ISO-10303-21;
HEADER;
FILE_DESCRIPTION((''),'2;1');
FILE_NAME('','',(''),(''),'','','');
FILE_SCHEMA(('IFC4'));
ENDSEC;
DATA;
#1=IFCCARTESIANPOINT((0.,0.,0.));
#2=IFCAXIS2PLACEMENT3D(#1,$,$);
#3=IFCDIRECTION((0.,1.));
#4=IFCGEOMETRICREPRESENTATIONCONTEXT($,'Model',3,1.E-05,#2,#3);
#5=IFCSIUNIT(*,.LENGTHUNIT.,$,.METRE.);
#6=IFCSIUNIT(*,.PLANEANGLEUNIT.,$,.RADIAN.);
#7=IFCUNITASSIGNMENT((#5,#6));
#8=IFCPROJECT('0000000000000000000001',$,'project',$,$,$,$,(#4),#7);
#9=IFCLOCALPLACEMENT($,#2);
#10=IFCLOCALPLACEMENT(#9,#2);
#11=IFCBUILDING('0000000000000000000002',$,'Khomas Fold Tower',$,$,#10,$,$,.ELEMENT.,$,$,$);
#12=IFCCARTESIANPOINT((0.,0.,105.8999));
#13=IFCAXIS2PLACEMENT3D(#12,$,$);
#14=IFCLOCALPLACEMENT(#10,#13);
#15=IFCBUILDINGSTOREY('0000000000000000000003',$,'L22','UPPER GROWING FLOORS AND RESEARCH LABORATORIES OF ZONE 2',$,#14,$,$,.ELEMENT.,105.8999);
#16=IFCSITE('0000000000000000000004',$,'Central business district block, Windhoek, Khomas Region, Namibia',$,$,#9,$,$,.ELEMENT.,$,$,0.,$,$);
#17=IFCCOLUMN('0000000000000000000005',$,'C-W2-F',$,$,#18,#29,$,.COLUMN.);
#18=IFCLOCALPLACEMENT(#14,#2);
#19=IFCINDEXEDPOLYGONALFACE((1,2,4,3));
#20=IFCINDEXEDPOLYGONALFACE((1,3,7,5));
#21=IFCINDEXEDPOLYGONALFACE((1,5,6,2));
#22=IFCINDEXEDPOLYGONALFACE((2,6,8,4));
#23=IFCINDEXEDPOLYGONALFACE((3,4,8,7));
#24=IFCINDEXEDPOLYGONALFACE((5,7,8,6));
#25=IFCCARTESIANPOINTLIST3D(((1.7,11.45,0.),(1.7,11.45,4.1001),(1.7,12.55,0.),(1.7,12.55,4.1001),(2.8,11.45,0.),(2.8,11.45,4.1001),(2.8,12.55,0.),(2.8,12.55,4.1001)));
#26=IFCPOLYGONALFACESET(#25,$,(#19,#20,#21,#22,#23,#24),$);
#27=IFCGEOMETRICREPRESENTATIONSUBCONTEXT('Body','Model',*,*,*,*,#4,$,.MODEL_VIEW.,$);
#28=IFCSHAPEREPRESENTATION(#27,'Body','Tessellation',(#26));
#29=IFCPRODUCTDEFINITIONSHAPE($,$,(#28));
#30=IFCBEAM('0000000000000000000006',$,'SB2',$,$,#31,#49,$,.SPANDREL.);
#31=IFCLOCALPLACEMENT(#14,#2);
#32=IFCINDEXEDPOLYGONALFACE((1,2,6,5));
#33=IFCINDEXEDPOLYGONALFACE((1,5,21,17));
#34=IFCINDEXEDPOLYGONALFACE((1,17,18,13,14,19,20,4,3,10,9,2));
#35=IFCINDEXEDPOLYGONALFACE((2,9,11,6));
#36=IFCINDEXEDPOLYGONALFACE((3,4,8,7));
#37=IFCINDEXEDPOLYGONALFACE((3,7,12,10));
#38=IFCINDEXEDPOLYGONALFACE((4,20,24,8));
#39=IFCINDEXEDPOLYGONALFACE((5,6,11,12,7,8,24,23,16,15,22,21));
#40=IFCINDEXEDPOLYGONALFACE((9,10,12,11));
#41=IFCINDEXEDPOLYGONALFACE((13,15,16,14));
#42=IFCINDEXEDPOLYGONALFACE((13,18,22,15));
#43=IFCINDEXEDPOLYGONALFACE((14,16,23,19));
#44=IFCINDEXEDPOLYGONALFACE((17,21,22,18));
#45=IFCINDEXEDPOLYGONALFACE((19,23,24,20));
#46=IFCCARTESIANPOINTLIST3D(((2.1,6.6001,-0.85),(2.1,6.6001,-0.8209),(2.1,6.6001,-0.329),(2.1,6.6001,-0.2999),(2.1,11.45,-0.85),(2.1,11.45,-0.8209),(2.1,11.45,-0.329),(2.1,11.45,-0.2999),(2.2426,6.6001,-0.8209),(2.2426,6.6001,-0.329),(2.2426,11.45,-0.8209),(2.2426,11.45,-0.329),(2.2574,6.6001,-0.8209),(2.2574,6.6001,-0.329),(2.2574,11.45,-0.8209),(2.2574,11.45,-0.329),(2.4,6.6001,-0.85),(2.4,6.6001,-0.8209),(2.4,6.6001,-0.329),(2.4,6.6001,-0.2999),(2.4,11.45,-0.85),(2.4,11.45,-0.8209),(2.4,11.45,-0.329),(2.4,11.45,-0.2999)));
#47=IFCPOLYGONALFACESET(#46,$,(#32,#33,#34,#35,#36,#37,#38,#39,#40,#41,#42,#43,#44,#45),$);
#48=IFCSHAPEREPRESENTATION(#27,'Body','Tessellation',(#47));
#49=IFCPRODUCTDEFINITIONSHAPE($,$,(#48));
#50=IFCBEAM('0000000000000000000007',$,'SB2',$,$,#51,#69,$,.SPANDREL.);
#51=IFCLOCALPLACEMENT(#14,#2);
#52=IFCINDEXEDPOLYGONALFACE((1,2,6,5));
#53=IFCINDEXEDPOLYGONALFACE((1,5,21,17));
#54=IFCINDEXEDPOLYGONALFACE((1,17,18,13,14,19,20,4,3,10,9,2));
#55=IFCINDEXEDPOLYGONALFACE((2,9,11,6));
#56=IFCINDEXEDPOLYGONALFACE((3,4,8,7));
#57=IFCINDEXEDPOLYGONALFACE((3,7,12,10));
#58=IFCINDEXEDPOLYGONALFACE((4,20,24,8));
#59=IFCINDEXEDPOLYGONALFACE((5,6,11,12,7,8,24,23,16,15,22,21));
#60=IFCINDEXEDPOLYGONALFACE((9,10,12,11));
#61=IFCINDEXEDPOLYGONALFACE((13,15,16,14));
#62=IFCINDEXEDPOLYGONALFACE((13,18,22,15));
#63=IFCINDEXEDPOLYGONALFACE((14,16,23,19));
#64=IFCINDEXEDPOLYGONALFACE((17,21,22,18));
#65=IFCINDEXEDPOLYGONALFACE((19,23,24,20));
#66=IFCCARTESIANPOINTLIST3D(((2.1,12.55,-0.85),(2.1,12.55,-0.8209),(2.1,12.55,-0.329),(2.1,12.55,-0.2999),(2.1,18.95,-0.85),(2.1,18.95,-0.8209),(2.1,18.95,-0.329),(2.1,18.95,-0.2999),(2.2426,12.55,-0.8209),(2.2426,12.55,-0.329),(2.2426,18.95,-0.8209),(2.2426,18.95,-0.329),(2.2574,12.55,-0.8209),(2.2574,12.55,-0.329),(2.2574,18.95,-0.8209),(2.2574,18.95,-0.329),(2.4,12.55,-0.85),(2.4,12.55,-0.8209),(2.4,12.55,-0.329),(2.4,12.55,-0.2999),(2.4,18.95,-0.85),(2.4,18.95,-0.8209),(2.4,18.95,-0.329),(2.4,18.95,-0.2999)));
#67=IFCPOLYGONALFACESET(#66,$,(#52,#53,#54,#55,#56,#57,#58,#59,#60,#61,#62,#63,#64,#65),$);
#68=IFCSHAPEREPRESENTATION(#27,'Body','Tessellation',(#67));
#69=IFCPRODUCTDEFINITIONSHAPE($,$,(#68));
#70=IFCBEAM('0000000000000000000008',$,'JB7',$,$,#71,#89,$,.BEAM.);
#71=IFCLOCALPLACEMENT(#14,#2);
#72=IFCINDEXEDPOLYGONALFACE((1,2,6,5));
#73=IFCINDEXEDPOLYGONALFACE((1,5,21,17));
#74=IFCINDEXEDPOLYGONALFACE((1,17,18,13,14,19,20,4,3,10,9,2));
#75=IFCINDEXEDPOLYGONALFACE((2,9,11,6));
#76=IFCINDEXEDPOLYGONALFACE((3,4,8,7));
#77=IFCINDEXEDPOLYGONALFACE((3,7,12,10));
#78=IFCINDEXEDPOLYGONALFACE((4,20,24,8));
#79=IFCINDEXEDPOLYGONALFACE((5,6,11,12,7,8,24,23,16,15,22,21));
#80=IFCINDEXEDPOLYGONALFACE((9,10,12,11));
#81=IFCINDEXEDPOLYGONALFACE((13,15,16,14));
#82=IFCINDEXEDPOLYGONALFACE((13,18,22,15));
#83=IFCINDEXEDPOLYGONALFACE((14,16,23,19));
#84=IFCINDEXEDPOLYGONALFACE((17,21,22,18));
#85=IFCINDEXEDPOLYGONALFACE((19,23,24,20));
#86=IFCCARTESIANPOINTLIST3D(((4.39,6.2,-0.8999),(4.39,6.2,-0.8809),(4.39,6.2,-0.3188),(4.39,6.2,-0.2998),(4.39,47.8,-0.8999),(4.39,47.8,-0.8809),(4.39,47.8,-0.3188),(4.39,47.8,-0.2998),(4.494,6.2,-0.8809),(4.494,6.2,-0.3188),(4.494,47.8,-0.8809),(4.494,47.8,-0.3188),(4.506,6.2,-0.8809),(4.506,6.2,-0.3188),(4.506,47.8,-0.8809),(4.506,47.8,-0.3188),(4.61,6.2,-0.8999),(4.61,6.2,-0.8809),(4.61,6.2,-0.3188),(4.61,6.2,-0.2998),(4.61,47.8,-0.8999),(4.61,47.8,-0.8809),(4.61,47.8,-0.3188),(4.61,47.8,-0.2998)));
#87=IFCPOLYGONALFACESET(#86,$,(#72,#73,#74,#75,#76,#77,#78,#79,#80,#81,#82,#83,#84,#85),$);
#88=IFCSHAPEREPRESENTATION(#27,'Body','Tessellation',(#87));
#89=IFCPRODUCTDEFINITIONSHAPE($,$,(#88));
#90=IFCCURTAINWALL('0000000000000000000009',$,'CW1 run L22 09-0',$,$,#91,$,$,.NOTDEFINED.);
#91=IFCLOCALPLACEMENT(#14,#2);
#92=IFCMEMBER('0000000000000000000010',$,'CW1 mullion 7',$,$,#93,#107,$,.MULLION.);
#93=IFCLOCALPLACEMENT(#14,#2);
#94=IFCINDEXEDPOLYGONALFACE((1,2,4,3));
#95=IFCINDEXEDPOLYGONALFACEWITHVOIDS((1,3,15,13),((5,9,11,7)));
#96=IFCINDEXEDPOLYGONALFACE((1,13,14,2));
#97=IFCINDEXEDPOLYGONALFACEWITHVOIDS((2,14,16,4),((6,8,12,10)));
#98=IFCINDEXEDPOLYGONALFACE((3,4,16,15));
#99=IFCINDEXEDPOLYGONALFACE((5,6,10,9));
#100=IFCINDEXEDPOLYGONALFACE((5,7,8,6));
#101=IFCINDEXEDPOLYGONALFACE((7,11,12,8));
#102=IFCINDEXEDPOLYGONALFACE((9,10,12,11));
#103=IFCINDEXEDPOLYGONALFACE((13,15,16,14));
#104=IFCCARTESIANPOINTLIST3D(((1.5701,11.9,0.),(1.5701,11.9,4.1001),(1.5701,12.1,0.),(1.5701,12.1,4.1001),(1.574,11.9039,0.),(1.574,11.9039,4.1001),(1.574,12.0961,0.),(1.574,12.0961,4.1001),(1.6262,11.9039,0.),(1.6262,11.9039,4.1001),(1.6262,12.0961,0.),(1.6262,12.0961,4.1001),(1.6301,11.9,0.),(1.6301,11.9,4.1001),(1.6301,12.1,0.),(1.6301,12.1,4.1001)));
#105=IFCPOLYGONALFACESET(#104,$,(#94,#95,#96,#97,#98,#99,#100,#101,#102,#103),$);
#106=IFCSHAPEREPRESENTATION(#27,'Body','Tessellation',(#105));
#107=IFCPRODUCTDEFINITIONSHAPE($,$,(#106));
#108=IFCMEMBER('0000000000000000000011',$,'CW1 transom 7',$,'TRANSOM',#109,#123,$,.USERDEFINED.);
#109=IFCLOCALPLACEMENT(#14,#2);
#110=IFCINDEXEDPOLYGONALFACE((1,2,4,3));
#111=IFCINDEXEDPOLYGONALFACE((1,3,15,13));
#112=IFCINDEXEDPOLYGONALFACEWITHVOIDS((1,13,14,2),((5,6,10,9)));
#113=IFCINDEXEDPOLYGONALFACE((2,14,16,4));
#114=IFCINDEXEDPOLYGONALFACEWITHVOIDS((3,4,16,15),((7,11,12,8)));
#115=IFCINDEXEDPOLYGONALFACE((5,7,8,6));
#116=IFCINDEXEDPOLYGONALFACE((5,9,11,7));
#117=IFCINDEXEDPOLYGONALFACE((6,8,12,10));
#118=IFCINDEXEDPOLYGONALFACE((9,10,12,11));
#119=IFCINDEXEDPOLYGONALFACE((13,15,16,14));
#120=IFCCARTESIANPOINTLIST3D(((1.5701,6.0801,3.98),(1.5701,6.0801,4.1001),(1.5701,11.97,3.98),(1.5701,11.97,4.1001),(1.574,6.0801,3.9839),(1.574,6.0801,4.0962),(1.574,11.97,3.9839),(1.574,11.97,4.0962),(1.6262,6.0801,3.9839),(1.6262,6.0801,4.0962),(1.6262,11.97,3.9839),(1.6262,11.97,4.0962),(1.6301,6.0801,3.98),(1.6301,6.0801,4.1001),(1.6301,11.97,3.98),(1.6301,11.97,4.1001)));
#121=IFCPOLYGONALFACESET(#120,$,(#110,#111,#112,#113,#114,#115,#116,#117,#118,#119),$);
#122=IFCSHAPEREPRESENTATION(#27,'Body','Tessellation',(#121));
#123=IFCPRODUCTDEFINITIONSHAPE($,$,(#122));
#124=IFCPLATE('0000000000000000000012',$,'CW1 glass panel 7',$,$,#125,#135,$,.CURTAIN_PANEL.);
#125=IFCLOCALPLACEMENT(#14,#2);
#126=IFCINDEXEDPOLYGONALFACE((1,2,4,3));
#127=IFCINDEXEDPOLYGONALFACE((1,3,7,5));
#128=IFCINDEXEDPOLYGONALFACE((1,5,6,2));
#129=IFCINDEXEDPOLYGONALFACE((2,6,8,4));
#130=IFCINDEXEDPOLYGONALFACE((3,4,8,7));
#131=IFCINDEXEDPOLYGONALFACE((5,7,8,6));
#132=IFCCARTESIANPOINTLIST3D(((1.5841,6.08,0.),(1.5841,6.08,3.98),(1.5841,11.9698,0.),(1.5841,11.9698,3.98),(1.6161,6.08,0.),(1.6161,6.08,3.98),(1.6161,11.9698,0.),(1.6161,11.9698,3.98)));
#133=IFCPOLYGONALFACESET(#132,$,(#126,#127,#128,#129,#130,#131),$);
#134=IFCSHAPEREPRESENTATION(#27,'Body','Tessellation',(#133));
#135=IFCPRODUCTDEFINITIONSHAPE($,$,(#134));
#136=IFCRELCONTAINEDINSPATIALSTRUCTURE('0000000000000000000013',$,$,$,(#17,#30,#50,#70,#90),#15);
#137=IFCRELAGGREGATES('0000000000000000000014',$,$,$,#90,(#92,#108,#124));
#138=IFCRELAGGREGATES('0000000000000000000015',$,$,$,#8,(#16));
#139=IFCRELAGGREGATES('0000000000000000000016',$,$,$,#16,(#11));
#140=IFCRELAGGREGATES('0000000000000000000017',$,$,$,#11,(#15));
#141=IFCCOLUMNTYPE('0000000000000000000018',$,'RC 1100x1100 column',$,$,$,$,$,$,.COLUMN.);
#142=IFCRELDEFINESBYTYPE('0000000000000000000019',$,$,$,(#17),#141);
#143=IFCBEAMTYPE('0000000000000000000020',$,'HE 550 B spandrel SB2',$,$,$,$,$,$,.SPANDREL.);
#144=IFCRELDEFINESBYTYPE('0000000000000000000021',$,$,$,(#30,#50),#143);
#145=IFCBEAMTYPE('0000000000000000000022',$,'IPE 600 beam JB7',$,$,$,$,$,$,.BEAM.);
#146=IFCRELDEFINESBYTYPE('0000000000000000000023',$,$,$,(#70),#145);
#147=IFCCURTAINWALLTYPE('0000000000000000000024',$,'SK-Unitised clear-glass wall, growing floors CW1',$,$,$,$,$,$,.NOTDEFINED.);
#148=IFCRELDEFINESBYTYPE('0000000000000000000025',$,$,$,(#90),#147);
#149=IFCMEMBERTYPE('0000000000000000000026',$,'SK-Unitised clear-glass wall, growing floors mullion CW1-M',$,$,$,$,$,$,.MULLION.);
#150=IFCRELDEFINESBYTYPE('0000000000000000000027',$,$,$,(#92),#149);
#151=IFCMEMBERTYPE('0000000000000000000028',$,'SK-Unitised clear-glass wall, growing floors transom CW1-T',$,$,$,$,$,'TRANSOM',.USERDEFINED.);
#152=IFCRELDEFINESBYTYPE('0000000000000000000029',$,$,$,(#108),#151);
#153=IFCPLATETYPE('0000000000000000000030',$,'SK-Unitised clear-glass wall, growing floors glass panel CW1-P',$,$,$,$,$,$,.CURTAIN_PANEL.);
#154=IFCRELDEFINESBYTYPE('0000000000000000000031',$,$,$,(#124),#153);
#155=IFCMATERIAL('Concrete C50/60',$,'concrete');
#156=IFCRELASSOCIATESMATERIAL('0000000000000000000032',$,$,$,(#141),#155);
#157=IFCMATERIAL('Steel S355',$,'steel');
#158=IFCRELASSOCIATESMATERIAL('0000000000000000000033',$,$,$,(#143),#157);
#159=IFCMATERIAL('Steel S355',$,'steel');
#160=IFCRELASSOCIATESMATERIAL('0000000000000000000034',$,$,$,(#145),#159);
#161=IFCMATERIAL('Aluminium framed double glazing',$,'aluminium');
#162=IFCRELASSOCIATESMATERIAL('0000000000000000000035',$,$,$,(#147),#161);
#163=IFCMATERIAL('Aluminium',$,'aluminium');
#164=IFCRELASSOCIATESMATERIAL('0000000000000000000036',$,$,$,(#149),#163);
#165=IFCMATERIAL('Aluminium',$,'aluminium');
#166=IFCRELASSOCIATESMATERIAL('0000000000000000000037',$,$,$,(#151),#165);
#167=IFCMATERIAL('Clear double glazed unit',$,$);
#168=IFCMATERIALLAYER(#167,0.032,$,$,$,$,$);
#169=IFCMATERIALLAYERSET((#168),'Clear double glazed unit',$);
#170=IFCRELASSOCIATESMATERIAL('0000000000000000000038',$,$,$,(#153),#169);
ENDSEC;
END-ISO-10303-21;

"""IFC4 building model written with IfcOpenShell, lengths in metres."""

from ifc_helpers import new_model, si_unit, direction, frame, origin, origin_2d, place, context, subcontext, project, spatial, rectangle, hollow_rectangle, i_section, extrude, source, transform, mapped, material, layer, layer_set, material_profile, profile_set, type_object, element, aggregate, save


model = new_model("IFC4")

# Units and contexts
model_context = context("Model", 3, precision=1e-05, world=origin(), true_north=direction((0.0, 1.0)))
body_context = subcontext(model_context, "Body", "Model", "MODEL_VIEW")
ifc_project = project(units=[si_unit("LENGTHUNIT", "METRE"), si_unit("PLANEANGLEUNIT", "RADIAN")], contexts=[model_context])

# Site, building, storey
site_placement = place(None, origin())
site = spatial("IfcSite", under=ifc_project, at=site_placement, Name="Central business district block, Windhoek, Khomas Region, Namibia", CompositionType="ELEMENT", RefElevation=0.0)
building_placement = place(site_placement, origin())
building = spatial("IfcBuilding", under=site, at=building_placement, Name="Khomas Fold Tower", CompositionType="ELEMENT")
storey_placement = place(building_placement, frame((0.0, 0.0, 105.8999)))
storey = spatial("IfcBuildingStorey", under=building, at=storey_placement, Name="L22", Description="UPPER GROWING FLOORS AND RESEARCH LABORATORIES OF ZONE 2", CompositionType="ELEMENT", Elevation=105.8999)

# Column
ifc_material_1 = material(Name="Concrete C50/60", Category="concrete")
ifc_material_profile_1 = material_profile(ifc_material_1, rectangle(XDim=1.1001, YDim=1.1001, at=origin_2d()), Name="RC 1100x1100")
ifc_profile_set_1 = profile_set([ifc_material_profile_1], Name="Concrete C50/60")
column_type = type_object("IfcColumnType", Name="RC 1100x1100 column", PredefinedType="COLUMN", material=ifc_profile_set_1)
shared_shape_1 = source(origin(), body_context, "Body", "SweptSolid", [
    extrude(rectangle(XDim=1.1001, YDim=1.1001, at=origin_2d()), origin(), (0.0, 0.0, 1.0), 4.1001),
])
column_placement = place(storey_placement, frame((2.25, 12.0, 0.0), z_axis=(0.0, 0.0, 1.0), x_axis=(1.0, 0.0, 0.0)))
element("IfcColumn", 1, at=column_placement, inside=storey, type_object=column_type, Name="C-W2-F", PredefinedType="COLUMN", context=body_context, shape_type="MappedRepresentation", body=[
    mapped(shared_shape_1, transform((0.0, 0.0, 0.0))),
])

# Beams
ifc_material_2 = material(Name="Steel S355", Category="steel")
ifc_material_profile_2 = material_profile(ifc_material_2, i_section(OverallWidth=0.3, OverallDepth=0.55, WebThickness=0.0149, FlangeThickness=0.0291, at=origin_2d()), Name="HE 550 B")
ifc_profile_set_2 = profile_set([ifc_material_profile_2], Name="Steel S355")
beam_type_1 = type_object("IfcBeamType", Name="HE 550 B spandrel SB2", PredefinedType="SPANDREL", material=ifc_profile_set_2)
shared_shape_2 = source(origin(), body_context, "Body", "SweptSolid", [
    extrude(i_section(OverallWidth=0.3, OverallDepth=0.55, WebThickness=0.0149, FlangeThickness=0.0291, at=origin_2d()), origin(), (0.0, 0.0, 1.0), 4.8499),
])
beam_1_placement = place(storey_placement, frame((2.25, 6.6001, -0.575), z_axis=(0.0, 1.0, 0.0), x_axis=(-1.0, 0.0, 0.0)))
element("IfcBeam", 2, at=beam_1_placement, inside=storey, type_object=beam_type_1, Name="SB2", PredefinedType="SPANDREL", context=body_context, shape_type="MappedRepresentation", body=[
    mapped(shared_shape_2, transform((0.0, 0.0, 0.0))),
])
shared_shape_3 = source(origin(), body_context, "Body", "SweptSolid", [
    extrude(i_section(OverallWidth=0.3, OverallDepth=0.55, WebThickness=0.0149, FlangeThickness=0.0291, at=origin_2d()), origin(), (0.0, 0.0, 1.0), 6.3999),
])
beam_2_placement = place(storey_placement, frame((2.25, 12.55, -0.575), z_axis=(0.0, 1.0, 0.0), x_axis=(-1.0, 0.0, 0.0)))
element("IfcBeam", 3, at=beam_2_placement, inside=storey, type_object=beam_type_1, Name="SB2", PredefinedType="SPANDREL", context=body_context, shape_type="MappedRepresentation", body=[
    mapped(shared_shape_3, transform((0.0, 0.0, 0.0))),
])
ifc_material_3 = material(Name="Steel S355", Category="steel")
ifc_material_profile_3 = material_profile(ifc_material_3, i_section(OverallWidth=0.22, OverallDepth=0.6001, WebThickness=0.012, FlangeThickness=0.019, at=origin_2d()), Name="IPE 600")
ifc_profile_set_3 = profile_set([ifc_material_profile_3], Name="Steel S355")
beam_type_2 = type_object("IfcBeamType", Name="IPE 600 beam JB7", PredefinedType="BEAM", material=ifc_profile_set_3)
shared_shape_4 = source(origin(), body_context, "Body", "SweptSolid", [
    extrude(i_section(OverallWidth=0.22, OverallDepth=0.6001, WebThickness=0.012, FlangeThickness=0.019, at=origin_2d()), origin(), (0.0, 0.0, 1.0), 41.6001),
])
beam_3_placement = place(storey_placement, frame((4.5, 6.2, -0.5999), z_axis=(0.0, 1.0, 0.0), x_axis=(-1.0, 0.0, 0.0)))
element("IfcBeam", 4, at=beam_3_placement, inside=storey, type_object=beam_type_2, Name="JB7", PredefinedType="BEAM", context=body_context, shape_type="MappedRepresentation", body=[
    mapped(shared_shape_4, transform((0.0, 0.0, 0.0))),
])

# Curtain wall, members, plate
ifc_material_4 = material(Name="Aluminium framed double glazing", Category="aluminium")
curtain_wall_type = type_object("IfcCurtainWallType", Name="SK-Unitised clear-glass wall, growing floors CW1", PredefinedType="NOTDEFINED", material=ifc_material_4)
curtain_wall_placement = place(storey_placement, origin())
curtain_wall = element("IfcCurtainWall", 5, at=curtain_wall_placement, inside=storey, type_object=curtain_wall_type, Name="CW1 run L22 09-0", PredefinedType="NOTDEFINED")
ifc_material_5 = material(Name="Aluminium", Category="aluminium")
ifc_material_profile_4 = material_profile(ifc_material_5, hollow_rectangle(XDim=0.0601, YDim=0.2, WallThickness=0.0039, at=origin_2d()), Name="SK-Unitised clear-glass wall, growing floors mullion CW1-M")
ifc_profile_set_4 = profile_set([ifc_material_profile_4], Name="Aluminium")
member_type_1 = type_object("IfcMemberType", Name="SK-Unitised clear-glass wall, growing floors mullion CW1-M", PredefinedType="MULLION", material=ifc_profile_set_4)
shared_shape_5 = source(origin(), body_context, "Body", "SweptSolid", [
    extrude(hollow_rectangle(XDim=0.0601, YDim=0.2, WallThickness=0.0039, at=origin_2d()), origin(), (0.0, 0.0, 1.0), 4.1001),
])
member_1_placement = place(storey_placement, frame((1.6001, 12.0, 0.0), z_axis=(0.0, 0.0, 1.0), x_axis=(1.0, 0.0, 0.0)))
member_1 = element("IfcMember", 6, at=member_1_placement, type_object=member_type_1, Name="CW1 mullion 7", PredefinedType="MULLION", context=body_context, shape_type="MappedRepresentation", body=[
    mapped(shared_shape_5, transform((0.0, 0.0, 0.0))),
])
ifc_material_6 = material(Name="Aluminium", Category="aluminium")
ifc_material_profile_5 = material_profile(ifc_material_6, hollow_rectangle(XDim=0.0601, YDim=0.1201, WallThickness=0.0039, at=origin_2d()), Name="SK-Unitised clear-glass wall, growing floors transom CW1-T")
ifc_profile_set_5 = profile_set([ifc_material_profile_5], Name="Aluminium")
member_type_2 = type_object("IfcMemberType", Name="SK-Unitised clear-glass wall, growing floors transom CW1-T", ElementType="TRANSOM", PredefinedType="USERDEFINED", material=ifc_profile_set_5)
shared_shape_6 = source(origin(), body_context, "Body", "SweptSolid", [
    extrude(hollow_rectangle(XDim=0.0601, YDim=0.1201, WallThickness=0.0039, at=origin_2d()), origin(), (0.0, 0.0, 1.0), 5.8899),
])
member_2_placement = place(storey_placement, frame((1.6001, 11.97, 4.04), z_axis=(0.0, -1.0, 0.0), x_axis=(1.0, 0.0, 0.0)))
member_2 = element("IfcMember", 7, at=member_2_placement, type_object=member_type_2, Name="CW1 transom 7", ObjectType="TRANSOM", PredefinedType="USERDEFINED", context=body_context, shape_type="MappedRepresentation", body=[
    mapped(shared_shape_6, transform((0.0, 0.0, 0.0))),
])
ifc_material_7 = material(Name="Clear double glazed unit")
ifc_layer_1 = layer(ifc_material_7, 0.032)
ifc_layer_set_1 = layer_set([ifc_layer_1], Name="Clear double glazed unit")
plate_type = type_object("IfcPlateType", Name="SK-Unitised clear-glass wall, growing floors glass panel CW1-P", PredefinedType="CURTAIN_PANEL", material=ifc_layer_set_1)
shared_shape_7 = source(origin(), body_context, "Body", "SweptSolid", [
    extrude(rectangle(XDim=5.8899, YDim=0.032, at=origin_2d()), origin(), (0.0, 0.0, 1.0), 3.98),
])
plate_placement = place(storey_placement, frame((1.6001, 9.0249, 0.0), z_axis=(0.0, 0.0, 1.0), x_axis=(0.0, -1.0, 0.0)))
plate = element("IfcPlate", 8, at=plate_placement, type_object=plate_type, Name="CW1 glass panel 7", PredefinedType="CURTAIN_PANEL", context=body_context, shape_type="MappedRepresentation", body=[
    mapped(shared_shape_7, transform((0.0, 0.0, 0.0))),
])
aggregate(curtain_wall, [member_1, member_2, plate])

save(model, "model.ifc")
